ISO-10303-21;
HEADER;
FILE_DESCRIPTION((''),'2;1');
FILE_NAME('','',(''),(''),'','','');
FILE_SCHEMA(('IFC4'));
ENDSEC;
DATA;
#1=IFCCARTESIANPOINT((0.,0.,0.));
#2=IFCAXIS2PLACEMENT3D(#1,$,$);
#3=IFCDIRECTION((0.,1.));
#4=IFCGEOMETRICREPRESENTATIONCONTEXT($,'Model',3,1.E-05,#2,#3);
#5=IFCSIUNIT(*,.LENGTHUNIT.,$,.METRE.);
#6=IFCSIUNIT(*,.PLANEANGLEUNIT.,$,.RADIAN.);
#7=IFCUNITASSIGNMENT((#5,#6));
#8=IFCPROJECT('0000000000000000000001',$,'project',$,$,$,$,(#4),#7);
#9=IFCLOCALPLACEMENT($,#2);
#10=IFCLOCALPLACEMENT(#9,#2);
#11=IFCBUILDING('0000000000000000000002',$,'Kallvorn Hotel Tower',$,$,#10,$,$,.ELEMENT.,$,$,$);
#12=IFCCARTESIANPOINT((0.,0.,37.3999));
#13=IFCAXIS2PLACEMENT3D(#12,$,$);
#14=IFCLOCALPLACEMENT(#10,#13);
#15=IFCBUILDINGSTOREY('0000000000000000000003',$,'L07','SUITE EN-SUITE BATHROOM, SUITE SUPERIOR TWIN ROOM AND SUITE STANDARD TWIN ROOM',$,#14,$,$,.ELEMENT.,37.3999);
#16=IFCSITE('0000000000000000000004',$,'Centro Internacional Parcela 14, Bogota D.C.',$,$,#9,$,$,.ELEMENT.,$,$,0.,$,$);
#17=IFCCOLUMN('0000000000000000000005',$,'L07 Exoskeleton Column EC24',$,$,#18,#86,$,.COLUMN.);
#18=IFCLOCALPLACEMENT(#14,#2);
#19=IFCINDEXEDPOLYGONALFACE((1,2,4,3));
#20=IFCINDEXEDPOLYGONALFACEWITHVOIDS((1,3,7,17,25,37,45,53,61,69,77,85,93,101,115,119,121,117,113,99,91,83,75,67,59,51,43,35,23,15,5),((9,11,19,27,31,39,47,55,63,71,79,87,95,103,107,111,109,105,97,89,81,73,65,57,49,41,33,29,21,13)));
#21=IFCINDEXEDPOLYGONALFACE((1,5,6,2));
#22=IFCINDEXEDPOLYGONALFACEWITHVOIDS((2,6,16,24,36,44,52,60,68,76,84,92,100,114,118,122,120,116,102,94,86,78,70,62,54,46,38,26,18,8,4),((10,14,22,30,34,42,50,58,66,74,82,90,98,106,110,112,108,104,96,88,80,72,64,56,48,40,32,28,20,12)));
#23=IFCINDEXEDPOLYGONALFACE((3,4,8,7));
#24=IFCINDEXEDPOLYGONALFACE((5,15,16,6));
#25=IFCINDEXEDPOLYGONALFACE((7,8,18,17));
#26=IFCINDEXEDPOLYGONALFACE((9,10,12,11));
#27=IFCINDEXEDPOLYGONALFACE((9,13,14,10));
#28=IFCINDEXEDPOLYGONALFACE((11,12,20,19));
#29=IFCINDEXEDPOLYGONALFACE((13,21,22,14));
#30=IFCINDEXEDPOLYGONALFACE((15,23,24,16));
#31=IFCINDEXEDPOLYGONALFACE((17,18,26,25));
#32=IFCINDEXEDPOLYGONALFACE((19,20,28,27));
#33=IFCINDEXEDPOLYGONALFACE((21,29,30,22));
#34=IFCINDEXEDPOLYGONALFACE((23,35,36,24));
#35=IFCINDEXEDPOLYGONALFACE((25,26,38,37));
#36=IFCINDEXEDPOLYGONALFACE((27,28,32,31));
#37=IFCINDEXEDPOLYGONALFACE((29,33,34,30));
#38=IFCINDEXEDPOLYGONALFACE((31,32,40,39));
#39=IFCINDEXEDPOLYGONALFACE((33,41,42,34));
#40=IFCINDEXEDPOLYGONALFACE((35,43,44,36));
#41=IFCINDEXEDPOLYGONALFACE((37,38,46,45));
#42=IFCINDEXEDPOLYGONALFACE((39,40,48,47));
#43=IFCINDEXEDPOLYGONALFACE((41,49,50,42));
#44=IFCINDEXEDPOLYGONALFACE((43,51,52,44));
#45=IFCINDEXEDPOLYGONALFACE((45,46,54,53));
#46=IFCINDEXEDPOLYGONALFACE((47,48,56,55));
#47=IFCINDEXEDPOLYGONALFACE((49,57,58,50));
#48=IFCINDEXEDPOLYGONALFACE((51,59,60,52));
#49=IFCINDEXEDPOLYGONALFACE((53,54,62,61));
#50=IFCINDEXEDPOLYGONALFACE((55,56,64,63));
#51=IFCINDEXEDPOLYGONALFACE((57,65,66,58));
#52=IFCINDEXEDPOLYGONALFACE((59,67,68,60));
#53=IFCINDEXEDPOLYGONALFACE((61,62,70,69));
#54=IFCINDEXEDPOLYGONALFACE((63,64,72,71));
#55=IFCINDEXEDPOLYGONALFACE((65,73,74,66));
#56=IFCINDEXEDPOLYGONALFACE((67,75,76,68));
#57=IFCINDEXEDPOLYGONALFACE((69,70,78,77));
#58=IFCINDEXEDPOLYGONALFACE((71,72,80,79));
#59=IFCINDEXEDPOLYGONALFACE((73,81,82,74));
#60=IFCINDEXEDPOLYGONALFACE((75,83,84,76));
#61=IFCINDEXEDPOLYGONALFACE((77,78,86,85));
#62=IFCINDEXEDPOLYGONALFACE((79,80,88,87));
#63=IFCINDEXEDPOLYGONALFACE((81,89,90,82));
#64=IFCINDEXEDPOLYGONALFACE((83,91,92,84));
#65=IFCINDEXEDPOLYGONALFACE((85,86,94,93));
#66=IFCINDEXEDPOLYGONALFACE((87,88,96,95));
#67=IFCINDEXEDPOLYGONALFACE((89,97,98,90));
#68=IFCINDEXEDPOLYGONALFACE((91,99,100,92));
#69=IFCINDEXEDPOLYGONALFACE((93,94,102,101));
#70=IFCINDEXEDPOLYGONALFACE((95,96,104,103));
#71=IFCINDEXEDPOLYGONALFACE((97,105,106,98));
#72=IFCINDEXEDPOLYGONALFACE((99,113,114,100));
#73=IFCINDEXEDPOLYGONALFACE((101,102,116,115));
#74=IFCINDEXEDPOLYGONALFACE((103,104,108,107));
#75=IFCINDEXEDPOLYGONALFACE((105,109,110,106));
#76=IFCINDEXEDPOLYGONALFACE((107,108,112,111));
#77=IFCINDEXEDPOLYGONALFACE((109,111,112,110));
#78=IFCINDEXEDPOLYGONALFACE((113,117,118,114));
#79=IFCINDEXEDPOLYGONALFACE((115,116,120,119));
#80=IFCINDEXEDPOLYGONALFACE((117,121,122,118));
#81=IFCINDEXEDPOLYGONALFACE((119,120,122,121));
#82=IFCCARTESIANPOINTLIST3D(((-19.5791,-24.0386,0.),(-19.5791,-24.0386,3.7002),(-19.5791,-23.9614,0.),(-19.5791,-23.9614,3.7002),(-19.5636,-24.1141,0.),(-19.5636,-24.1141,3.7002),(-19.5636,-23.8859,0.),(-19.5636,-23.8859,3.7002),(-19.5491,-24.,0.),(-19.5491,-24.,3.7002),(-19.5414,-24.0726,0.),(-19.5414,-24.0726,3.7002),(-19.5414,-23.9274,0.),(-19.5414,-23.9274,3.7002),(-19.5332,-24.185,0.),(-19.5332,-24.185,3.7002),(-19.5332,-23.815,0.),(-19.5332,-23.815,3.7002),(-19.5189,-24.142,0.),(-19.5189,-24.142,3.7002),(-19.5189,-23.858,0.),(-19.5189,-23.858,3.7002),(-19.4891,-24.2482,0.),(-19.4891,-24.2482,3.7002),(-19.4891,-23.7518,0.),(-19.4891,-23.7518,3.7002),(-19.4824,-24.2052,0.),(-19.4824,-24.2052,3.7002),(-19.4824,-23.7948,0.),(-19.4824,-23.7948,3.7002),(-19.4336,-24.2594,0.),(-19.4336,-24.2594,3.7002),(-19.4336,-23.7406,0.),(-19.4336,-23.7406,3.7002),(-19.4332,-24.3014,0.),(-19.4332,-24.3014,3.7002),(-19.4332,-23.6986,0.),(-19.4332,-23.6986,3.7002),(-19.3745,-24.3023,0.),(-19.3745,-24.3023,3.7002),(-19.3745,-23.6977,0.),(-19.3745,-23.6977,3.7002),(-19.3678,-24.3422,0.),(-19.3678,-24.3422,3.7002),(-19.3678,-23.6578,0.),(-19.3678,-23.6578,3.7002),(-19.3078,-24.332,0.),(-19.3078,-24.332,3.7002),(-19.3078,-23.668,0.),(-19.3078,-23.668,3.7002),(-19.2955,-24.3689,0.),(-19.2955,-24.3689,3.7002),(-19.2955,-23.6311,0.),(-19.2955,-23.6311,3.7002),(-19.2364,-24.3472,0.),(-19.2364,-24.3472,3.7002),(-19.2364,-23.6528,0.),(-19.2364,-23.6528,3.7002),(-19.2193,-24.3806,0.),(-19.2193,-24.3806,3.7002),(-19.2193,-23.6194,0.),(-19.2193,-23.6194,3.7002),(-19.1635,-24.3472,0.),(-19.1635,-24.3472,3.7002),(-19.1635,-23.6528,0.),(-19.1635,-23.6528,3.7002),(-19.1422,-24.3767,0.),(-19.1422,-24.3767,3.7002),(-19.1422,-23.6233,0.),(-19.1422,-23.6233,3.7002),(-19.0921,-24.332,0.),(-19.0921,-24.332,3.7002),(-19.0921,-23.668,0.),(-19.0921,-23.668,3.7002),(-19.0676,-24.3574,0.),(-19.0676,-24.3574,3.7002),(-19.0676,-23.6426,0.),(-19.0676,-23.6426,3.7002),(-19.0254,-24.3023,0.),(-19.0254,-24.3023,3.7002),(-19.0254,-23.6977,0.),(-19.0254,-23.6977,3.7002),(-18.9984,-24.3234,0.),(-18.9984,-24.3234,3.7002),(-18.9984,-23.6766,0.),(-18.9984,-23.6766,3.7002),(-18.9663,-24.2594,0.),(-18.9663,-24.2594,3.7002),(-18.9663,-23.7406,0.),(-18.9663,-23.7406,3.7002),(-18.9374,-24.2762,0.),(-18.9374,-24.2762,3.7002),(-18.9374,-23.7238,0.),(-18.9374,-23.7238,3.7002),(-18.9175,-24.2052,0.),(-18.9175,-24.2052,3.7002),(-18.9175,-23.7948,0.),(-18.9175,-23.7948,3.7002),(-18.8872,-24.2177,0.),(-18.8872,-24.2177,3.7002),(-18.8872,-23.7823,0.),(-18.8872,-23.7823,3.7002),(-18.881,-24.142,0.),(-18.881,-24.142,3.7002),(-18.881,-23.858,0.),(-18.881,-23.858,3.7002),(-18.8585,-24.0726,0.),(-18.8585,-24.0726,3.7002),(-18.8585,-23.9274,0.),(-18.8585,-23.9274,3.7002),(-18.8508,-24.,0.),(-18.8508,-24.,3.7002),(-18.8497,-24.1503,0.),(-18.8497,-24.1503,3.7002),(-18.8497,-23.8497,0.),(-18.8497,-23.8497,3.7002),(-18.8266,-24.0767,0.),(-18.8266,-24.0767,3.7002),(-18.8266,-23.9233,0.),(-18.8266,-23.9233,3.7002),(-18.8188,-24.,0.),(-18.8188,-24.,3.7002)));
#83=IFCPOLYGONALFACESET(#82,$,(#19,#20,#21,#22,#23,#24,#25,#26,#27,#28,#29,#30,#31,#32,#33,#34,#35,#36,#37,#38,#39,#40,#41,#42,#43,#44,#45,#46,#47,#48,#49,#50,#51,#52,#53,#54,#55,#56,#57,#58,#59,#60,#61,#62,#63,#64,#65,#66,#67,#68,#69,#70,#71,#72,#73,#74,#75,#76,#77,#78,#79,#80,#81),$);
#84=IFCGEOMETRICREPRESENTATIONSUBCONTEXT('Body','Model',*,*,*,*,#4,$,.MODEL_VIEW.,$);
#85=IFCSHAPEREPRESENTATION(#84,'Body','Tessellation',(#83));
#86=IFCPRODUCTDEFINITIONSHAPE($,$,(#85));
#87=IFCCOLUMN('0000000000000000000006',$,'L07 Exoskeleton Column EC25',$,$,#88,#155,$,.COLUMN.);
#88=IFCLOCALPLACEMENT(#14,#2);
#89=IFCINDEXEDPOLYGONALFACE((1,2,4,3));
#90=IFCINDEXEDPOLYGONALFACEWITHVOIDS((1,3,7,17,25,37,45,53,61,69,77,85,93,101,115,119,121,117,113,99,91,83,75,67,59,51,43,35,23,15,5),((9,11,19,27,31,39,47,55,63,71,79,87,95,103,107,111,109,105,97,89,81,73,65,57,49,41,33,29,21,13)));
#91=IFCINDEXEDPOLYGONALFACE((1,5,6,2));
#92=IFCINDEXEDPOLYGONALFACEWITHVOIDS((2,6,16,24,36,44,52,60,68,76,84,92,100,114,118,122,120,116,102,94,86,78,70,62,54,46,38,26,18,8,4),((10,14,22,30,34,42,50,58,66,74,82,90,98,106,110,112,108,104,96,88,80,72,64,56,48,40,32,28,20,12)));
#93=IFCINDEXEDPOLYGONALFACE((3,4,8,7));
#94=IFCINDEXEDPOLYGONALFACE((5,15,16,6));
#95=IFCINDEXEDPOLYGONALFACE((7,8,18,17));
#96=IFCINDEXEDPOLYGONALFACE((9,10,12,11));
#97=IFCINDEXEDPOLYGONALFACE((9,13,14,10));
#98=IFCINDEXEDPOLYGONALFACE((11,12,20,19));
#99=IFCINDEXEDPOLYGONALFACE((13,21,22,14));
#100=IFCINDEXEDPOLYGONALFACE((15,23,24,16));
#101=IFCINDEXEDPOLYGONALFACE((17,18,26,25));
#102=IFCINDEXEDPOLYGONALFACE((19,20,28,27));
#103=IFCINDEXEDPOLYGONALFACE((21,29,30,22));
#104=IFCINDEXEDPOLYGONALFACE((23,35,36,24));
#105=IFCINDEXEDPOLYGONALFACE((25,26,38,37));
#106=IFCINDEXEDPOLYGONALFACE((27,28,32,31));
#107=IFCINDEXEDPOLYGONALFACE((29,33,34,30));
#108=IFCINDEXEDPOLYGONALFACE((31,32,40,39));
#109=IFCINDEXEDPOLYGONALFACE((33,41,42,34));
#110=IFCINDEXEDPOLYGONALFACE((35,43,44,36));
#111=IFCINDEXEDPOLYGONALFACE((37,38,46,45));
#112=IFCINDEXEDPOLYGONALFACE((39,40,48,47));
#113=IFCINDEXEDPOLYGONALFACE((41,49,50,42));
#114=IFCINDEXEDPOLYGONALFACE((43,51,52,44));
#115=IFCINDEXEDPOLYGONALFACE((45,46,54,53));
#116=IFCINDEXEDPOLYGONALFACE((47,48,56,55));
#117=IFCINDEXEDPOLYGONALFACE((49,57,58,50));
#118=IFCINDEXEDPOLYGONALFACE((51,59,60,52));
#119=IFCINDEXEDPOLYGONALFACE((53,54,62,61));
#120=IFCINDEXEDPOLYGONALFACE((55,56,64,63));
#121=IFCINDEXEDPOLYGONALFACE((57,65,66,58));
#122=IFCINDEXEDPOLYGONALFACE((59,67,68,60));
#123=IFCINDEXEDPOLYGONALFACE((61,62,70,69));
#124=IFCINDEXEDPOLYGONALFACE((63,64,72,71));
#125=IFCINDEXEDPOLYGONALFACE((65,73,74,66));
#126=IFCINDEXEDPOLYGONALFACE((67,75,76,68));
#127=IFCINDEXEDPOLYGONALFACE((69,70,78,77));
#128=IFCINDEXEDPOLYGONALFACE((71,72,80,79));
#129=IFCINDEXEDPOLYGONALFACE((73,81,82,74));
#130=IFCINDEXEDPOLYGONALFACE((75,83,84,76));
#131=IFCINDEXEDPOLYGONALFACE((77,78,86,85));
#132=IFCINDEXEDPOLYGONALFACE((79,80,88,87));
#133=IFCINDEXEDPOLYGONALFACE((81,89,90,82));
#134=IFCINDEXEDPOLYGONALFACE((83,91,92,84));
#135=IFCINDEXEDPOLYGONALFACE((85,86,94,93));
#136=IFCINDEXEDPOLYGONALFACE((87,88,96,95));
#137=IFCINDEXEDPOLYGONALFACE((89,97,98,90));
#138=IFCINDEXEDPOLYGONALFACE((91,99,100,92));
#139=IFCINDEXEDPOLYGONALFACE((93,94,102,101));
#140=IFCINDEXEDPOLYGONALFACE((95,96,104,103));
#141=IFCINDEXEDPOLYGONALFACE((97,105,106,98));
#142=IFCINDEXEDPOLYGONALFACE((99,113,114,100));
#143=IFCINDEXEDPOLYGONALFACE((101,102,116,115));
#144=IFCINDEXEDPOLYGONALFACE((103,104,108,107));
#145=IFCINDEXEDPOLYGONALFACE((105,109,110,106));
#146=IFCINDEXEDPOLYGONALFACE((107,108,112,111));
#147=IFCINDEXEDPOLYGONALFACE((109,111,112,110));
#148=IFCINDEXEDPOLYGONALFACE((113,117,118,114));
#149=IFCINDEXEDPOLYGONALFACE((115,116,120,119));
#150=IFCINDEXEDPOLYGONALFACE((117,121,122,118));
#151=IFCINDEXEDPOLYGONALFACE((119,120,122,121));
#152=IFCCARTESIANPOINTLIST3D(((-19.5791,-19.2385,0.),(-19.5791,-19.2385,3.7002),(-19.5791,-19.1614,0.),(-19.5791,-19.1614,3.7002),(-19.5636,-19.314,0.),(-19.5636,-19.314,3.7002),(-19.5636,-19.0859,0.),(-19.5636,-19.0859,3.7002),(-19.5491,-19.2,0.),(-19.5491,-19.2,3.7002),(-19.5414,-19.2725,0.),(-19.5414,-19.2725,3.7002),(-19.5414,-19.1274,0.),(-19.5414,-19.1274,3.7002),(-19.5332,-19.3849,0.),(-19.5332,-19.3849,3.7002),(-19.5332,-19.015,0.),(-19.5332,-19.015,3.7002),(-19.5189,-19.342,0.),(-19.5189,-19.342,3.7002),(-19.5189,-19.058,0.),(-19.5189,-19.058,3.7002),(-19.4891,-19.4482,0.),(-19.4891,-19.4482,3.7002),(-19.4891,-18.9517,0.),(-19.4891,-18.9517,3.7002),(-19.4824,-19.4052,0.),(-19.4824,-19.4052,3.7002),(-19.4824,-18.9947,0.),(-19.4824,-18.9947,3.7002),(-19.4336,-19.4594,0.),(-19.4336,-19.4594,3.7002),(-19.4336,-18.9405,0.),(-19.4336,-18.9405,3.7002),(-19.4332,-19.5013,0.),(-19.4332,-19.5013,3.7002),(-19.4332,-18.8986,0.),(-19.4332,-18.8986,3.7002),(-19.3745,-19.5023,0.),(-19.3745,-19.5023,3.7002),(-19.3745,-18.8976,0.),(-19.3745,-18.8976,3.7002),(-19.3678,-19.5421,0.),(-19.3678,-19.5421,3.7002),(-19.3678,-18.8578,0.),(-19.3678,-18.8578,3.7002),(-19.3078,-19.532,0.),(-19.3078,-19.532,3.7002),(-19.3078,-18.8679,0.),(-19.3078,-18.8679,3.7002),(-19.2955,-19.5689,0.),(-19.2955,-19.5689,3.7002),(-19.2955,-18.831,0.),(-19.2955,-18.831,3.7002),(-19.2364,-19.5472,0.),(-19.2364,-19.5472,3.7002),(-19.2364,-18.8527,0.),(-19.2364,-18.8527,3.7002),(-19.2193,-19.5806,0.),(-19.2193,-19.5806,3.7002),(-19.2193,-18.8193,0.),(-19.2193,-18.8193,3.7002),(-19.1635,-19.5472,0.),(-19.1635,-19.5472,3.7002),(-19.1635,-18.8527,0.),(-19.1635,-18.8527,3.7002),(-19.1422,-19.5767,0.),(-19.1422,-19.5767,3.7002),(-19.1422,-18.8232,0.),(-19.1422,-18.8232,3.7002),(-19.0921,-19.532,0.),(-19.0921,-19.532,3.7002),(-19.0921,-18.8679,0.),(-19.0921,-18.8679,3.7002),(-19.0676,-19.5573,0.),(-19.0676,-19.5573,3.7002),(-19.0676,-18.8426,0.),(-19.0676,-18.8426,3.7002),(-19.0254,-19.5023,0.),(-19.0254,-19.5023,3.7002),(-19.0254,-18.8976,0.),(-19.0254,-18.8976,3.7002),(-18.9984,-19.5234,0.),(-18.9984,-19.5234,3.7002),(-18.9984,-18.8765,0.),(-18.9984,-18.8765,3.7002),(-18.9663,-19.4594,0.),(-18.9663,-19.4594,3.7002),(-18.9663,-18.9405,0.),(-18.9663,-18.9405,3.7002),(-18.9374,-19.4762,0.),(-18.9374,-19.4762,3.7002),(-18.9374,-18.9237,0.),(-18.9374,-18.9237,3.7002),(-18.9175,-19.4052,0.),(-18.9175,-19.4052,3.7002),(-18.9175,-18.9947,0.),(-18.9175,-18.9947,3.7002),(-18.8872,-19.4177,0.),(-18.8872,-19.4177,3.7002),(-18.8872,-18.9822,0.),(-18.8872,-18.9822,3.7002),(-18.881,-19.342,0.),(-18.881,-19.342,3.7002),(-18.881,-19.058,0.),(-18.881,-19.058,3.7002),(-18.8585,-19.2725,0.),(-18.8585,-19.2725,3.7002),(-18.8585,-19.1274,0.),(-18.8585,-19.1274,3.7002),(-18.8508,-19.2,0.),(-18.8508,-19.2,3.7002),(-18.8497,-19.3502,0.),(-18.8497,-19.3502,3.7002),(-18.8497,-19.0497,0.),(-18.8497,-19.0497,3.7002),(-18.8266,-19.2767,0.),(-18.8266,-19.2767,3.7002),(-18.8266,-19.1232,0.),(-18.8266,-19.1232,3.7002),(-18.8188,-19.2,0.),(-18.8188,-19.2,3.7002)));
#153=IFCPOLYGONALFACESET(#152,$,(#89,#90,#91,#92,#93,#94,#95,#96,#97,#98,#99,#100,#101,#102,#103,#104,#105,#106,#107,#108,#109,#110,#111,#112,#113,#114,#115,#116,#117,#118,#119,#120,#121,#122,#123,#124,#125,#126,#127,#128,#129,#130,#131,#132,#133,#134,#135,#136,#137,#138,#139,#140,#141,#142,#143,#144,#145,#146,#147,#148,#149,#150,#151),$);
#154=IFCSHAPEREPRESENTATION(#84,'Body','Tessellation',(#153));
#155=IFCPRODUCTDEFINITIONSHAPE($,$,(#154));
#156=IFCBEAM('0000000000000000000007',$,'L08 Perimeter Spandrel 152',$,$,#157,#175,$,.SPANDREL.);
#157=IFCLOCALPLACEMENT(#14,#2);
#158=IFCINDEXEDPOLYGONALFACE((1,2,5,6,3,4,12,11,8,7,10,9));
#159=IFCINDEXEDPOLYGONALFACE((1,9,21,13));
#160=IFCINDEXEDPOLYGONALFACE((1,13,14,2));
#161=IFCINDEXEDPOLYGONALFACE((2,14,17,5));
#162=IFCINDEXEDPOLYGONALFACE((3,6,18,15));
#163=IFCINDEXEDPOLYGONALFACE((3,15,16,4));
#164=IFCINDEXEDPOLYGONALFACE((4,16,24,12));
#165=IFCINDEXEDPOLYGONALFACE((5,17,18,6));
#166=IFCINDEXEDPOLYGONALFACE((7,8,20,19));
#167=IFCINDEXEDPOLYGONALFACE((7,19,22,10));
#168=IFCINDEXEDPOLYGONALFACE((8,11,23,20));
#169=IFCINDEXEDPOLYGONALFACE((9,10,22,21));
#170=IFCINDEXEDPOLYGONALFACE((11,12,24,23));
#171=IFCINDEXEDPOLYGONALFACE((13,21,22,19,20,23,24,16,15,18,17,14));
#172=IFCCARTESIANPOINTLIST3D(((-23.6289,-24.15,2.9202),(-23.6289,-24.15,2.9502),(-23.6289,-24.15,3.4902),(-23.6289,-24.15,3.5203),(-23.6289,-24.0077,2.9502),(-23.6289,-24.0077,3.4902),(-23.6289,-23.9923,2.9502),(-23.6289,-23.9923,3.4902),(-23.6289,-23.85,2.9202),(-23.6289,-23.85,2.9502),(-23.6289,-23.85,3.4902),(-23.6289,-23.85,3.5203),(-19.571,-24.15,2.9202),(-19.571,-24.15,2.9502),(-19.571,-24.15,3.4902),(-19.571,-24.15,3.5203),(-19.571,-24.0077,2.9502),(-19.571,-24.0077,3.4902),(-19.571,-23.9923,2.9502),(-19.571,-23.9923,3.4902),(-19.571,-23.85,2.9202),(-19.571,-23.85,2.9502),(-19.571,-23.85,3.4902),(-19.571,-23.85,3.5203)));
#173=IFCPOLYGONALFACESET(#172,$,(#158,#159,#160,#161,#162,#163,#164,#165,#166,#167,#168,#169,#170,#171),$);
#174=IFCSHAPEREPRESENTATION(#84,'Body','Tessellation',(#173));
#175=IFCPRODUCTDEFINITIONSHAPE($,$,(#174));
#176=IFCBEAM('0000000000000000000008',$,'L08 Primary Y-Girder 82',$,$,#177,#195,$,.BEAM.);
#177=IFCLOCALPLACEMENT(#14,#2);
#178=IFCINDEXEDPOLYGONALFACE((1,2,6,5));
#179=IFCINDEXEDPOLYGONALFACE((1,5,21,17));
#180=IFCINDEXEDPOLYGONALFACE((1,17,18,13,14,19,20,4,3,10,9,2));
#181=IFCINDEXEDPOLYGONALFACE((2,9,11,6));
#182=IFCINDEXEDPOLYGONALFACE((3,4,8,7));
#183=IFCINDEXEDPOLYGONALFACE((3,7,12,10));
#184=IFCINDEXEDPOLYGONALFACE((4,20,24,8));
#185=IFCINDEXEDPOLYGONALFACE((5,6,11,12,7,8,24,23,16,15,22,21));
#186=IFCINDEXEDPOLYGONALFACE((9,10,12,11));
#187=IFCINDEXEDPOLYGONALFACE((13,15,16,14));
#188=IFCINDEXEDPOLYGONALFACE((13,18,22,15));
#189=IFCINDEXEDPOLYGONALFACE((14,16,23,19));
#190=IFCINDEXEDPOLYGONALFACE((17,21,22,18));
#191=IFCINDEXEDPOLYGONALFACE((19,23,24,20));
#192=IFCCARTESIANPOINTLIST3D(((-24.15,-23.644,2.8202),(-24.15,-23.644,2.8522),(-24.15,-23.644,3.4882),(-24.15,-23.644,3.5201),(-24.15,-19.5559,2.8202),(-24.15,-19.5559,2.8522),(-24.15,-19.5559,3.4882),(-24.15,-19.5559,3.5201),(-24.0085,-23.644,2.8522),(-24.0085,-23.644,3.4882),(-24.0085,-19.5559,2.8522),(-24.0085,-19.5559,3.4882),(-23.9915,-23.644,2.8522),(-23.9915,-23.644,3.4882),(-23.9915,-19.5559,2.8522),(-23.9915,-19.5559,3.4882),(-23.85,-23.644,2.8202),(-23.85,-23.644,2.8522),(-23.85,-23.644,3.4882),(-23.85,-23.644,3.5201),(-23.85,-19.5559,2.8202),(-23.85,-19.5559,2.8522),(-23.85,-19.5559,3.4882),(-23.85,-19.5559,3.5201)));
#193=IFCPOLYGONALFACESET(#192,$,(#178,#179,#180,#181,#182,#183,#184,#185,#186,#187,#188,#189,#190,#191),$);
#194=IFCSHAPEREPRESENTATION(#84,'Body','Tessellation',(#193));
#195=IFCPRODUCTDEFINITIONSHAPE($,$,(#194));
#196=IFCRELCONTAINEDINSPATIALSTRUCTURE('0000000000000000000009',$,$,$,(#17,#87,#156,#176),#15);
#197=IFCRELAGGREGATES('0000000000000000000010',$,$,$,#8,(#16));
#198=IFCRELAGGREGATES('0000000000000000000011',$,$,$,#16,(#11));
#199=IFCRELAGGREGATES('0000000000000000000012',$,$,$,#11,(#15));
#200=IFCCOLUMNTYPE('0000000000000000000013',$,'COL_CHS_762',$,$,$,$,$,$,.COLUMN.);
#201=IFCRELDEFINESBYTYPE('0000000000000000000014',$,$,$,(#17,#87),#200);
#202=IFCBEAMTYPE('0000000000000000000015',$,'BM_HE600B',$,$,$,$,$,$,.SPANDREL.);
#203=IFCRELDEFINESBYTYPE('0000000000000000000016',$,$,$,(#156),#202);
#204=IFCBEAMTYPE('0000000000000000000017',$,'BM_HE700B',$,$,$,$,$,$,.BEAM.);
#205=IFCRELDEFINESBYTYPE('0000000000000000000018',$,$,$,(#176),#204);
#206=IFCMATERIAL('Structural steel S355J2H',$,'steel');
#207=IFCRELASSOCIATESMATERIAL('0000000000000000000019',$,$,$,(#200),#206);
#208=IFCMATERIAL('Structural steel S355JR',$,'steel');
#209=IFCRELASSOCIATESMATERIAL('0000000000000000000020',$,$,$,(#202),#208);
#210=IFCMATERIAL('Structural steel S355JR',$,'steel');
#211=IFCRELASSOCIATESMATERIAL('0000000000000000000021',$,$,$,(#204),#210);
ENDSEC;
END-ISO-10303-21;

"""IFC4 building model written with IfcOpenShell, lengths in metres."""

from ifc_helpers import new_model, si_unit, direction, frame, origin, origin_2d, place, context, subcontext, project, spatial, hollow_circle, i_section, extrude, material, material_profile, profile_set, type_object, element, save


model = new_model("IFC4")

# Units and contexts
model_context = context("Model", 3, precision=1e-05, world=origin(), true_north=direction((0.0, 1.0)))
body_context = subcontext(model_context, "Body", "Model", "MODEL_VIEW")
ifc_project = project(units=[si_unit("LENGTHUNIT", "METRE"), si_unit("PLANEANGLEUNIT", "RADIAN")], contexts=[model_context])

# Site, building, storey
site_placement = place(None, origin())
site = spatial("IfcSite", under=ifc_project, at=site_placement, Name="Centro Internacional Parcela 14, Bogota D.C.", CompositionType="ELEMENT", RefElevation=0.0)
building_placement = place(site_placement, origin())
building = spatial("IfcBuilding", under=site, at=building_placement, Name="Kallvorn Hotel Tower", CompositionType="ELEMENT")
storey_placement = place(building_placement, frame((0.0, 0.0, 37.3999)))
storey = spatial("IfcBuildingStorey", under=building, at=storey_placement, Name="L07", Description="SUITE EN-SUITE BATHROOM, SUITE SUPERIOR TWIN ROOM AND SUITE STANDARD TWIN ROOM", CompositionType="ELEMENT", Elevation=37.3999)

# Columns
ifc_material_1 = material(Name="Structural steel S355J2H", Category="steel")
ifc_material_profile_1 = material_profile(ifc_material_1, hollow_circle(Radius=0.3811, WallThickness=0.032, at=origin_2d()), Name="CHS 762x32")
ifc_profile_set_1 = profile_set([ifc_material_profile_1], Name="Structural steel S355J2H")
column_type = type_object("IfcColumnType", Name="COL_CHS_762", PredefinedType="COLUMN", material=ifc_profile_set_1)
for number, where, z_axis, x_axis, name in (
    (1, (-19.2, -24.0, 0.0), (0.0, 0.0, 1.0), (1.0, 0.0, 0.0), "L07 Exoskeleton Column EC24"),
    (2, (-19.2, -19.2, 0.0), (0.0, 0.0, 1.0), (1.0, 0.0, 0.0), "L07 Exoskeleton Column EC25"),
):
    element("IfcColumn", number, at=place(storey_placement, frame(where, z_axis=z_axis, x_axis=x_axis)), inside=storey, type_object=column_type, Name=name, PredefinedType="COLUMN", context=body_context, shape_type="SweptSolid", body=[
        extrude(hollow_circle(Radius=0.3811, WallThickness=0.032, at=origin_2d()), origin(), (0.0, 0.0, 1.0), 3.7002),
    ])

# Beams
ifc_material_2 = material(Name="Structural steel S355JR", Category="steel")
ifc_material_profile_2 = material_profile(ifc_material_2, i_section(OverallWidth=0.3, OverallDepth=0.6001, WebThickness=0.0154, FlangeThickness=0.03, at=origin_2d()), Name="HE 600 B")
ifc_profile_set_2 = profile_set([ifc_material_profile_2], Name="Structural steel S355JR")
beam_type_1 = type_object("IfcBeamType", Name="BM_HE600B", PredefinedType="SPANDREL", material=ifc_profile_set_2)
beam_1_placement = place(storey_placement, frame((-23.6289, -24.0, 3.2202), z_axis=(1.0, 0.0, 0.0), x_axis=(0.0, 1.0, 0.0)))
element("IfcBeam", 3, at=beam_1_placement, inside=storey, type_object=beam_type_1, Name="L08 Perimeter Spandrel 152", PredefinedType="SPANDREL", context=body_context, shape_type="SweptSolid", body=[
    extrude(i_section(OverallWidth=0.3, OverallDepth=0.6001, WebThickness=0.0154, FlangeThickness=0.03, at=origin_2d()), origin(), (0.0, 0.0, 1.0), 4.0579),
])
ifc_material_3 = material(Name="Structural steel S355JR", Category="steel")
ifc_material_profile_3 = material_profile(ifc_material_3, i_section(OverallWidth=0.3, OverallDepth=0.7, WebThickness=0.0171, FlangeThickness=0.032, at=origin_2d()), Name="HE 700 B")
ifc_profile_set_3 = profile_set([ifc_material_profile_3], Name="Structural steel S355JR")
beam_type_2 = type_object("IfcBeamType", Name="BM_HE700B", PredefinedType="BEAM", material=ifc_profile_set_3)
beam_2_placement = place(storey_placement, frame((-24.0, -23.644, 3.1702), z_axis=(0.0, 1.0, 0.0), x_axis=(-1.0, 0.0, 0.0)))
element("IfcBeam", 4, at=beam_2_placement, inside=storey, type_object=beam_type_2, Name="L08 Primary Y-Girder 82", PredefinedType="BEAM", context=body_context, shape_type="SweptSolid", body=[
    extrude(i_section(OverallWidth=0.3, OverallDepth=0.7, WebThickness=0.0171, FlangeThickness=0.032, at=origin_2d()), origin(), (0.0, 0.0, 1.0), 4.0881),
])

save(model, "model.ifc")
